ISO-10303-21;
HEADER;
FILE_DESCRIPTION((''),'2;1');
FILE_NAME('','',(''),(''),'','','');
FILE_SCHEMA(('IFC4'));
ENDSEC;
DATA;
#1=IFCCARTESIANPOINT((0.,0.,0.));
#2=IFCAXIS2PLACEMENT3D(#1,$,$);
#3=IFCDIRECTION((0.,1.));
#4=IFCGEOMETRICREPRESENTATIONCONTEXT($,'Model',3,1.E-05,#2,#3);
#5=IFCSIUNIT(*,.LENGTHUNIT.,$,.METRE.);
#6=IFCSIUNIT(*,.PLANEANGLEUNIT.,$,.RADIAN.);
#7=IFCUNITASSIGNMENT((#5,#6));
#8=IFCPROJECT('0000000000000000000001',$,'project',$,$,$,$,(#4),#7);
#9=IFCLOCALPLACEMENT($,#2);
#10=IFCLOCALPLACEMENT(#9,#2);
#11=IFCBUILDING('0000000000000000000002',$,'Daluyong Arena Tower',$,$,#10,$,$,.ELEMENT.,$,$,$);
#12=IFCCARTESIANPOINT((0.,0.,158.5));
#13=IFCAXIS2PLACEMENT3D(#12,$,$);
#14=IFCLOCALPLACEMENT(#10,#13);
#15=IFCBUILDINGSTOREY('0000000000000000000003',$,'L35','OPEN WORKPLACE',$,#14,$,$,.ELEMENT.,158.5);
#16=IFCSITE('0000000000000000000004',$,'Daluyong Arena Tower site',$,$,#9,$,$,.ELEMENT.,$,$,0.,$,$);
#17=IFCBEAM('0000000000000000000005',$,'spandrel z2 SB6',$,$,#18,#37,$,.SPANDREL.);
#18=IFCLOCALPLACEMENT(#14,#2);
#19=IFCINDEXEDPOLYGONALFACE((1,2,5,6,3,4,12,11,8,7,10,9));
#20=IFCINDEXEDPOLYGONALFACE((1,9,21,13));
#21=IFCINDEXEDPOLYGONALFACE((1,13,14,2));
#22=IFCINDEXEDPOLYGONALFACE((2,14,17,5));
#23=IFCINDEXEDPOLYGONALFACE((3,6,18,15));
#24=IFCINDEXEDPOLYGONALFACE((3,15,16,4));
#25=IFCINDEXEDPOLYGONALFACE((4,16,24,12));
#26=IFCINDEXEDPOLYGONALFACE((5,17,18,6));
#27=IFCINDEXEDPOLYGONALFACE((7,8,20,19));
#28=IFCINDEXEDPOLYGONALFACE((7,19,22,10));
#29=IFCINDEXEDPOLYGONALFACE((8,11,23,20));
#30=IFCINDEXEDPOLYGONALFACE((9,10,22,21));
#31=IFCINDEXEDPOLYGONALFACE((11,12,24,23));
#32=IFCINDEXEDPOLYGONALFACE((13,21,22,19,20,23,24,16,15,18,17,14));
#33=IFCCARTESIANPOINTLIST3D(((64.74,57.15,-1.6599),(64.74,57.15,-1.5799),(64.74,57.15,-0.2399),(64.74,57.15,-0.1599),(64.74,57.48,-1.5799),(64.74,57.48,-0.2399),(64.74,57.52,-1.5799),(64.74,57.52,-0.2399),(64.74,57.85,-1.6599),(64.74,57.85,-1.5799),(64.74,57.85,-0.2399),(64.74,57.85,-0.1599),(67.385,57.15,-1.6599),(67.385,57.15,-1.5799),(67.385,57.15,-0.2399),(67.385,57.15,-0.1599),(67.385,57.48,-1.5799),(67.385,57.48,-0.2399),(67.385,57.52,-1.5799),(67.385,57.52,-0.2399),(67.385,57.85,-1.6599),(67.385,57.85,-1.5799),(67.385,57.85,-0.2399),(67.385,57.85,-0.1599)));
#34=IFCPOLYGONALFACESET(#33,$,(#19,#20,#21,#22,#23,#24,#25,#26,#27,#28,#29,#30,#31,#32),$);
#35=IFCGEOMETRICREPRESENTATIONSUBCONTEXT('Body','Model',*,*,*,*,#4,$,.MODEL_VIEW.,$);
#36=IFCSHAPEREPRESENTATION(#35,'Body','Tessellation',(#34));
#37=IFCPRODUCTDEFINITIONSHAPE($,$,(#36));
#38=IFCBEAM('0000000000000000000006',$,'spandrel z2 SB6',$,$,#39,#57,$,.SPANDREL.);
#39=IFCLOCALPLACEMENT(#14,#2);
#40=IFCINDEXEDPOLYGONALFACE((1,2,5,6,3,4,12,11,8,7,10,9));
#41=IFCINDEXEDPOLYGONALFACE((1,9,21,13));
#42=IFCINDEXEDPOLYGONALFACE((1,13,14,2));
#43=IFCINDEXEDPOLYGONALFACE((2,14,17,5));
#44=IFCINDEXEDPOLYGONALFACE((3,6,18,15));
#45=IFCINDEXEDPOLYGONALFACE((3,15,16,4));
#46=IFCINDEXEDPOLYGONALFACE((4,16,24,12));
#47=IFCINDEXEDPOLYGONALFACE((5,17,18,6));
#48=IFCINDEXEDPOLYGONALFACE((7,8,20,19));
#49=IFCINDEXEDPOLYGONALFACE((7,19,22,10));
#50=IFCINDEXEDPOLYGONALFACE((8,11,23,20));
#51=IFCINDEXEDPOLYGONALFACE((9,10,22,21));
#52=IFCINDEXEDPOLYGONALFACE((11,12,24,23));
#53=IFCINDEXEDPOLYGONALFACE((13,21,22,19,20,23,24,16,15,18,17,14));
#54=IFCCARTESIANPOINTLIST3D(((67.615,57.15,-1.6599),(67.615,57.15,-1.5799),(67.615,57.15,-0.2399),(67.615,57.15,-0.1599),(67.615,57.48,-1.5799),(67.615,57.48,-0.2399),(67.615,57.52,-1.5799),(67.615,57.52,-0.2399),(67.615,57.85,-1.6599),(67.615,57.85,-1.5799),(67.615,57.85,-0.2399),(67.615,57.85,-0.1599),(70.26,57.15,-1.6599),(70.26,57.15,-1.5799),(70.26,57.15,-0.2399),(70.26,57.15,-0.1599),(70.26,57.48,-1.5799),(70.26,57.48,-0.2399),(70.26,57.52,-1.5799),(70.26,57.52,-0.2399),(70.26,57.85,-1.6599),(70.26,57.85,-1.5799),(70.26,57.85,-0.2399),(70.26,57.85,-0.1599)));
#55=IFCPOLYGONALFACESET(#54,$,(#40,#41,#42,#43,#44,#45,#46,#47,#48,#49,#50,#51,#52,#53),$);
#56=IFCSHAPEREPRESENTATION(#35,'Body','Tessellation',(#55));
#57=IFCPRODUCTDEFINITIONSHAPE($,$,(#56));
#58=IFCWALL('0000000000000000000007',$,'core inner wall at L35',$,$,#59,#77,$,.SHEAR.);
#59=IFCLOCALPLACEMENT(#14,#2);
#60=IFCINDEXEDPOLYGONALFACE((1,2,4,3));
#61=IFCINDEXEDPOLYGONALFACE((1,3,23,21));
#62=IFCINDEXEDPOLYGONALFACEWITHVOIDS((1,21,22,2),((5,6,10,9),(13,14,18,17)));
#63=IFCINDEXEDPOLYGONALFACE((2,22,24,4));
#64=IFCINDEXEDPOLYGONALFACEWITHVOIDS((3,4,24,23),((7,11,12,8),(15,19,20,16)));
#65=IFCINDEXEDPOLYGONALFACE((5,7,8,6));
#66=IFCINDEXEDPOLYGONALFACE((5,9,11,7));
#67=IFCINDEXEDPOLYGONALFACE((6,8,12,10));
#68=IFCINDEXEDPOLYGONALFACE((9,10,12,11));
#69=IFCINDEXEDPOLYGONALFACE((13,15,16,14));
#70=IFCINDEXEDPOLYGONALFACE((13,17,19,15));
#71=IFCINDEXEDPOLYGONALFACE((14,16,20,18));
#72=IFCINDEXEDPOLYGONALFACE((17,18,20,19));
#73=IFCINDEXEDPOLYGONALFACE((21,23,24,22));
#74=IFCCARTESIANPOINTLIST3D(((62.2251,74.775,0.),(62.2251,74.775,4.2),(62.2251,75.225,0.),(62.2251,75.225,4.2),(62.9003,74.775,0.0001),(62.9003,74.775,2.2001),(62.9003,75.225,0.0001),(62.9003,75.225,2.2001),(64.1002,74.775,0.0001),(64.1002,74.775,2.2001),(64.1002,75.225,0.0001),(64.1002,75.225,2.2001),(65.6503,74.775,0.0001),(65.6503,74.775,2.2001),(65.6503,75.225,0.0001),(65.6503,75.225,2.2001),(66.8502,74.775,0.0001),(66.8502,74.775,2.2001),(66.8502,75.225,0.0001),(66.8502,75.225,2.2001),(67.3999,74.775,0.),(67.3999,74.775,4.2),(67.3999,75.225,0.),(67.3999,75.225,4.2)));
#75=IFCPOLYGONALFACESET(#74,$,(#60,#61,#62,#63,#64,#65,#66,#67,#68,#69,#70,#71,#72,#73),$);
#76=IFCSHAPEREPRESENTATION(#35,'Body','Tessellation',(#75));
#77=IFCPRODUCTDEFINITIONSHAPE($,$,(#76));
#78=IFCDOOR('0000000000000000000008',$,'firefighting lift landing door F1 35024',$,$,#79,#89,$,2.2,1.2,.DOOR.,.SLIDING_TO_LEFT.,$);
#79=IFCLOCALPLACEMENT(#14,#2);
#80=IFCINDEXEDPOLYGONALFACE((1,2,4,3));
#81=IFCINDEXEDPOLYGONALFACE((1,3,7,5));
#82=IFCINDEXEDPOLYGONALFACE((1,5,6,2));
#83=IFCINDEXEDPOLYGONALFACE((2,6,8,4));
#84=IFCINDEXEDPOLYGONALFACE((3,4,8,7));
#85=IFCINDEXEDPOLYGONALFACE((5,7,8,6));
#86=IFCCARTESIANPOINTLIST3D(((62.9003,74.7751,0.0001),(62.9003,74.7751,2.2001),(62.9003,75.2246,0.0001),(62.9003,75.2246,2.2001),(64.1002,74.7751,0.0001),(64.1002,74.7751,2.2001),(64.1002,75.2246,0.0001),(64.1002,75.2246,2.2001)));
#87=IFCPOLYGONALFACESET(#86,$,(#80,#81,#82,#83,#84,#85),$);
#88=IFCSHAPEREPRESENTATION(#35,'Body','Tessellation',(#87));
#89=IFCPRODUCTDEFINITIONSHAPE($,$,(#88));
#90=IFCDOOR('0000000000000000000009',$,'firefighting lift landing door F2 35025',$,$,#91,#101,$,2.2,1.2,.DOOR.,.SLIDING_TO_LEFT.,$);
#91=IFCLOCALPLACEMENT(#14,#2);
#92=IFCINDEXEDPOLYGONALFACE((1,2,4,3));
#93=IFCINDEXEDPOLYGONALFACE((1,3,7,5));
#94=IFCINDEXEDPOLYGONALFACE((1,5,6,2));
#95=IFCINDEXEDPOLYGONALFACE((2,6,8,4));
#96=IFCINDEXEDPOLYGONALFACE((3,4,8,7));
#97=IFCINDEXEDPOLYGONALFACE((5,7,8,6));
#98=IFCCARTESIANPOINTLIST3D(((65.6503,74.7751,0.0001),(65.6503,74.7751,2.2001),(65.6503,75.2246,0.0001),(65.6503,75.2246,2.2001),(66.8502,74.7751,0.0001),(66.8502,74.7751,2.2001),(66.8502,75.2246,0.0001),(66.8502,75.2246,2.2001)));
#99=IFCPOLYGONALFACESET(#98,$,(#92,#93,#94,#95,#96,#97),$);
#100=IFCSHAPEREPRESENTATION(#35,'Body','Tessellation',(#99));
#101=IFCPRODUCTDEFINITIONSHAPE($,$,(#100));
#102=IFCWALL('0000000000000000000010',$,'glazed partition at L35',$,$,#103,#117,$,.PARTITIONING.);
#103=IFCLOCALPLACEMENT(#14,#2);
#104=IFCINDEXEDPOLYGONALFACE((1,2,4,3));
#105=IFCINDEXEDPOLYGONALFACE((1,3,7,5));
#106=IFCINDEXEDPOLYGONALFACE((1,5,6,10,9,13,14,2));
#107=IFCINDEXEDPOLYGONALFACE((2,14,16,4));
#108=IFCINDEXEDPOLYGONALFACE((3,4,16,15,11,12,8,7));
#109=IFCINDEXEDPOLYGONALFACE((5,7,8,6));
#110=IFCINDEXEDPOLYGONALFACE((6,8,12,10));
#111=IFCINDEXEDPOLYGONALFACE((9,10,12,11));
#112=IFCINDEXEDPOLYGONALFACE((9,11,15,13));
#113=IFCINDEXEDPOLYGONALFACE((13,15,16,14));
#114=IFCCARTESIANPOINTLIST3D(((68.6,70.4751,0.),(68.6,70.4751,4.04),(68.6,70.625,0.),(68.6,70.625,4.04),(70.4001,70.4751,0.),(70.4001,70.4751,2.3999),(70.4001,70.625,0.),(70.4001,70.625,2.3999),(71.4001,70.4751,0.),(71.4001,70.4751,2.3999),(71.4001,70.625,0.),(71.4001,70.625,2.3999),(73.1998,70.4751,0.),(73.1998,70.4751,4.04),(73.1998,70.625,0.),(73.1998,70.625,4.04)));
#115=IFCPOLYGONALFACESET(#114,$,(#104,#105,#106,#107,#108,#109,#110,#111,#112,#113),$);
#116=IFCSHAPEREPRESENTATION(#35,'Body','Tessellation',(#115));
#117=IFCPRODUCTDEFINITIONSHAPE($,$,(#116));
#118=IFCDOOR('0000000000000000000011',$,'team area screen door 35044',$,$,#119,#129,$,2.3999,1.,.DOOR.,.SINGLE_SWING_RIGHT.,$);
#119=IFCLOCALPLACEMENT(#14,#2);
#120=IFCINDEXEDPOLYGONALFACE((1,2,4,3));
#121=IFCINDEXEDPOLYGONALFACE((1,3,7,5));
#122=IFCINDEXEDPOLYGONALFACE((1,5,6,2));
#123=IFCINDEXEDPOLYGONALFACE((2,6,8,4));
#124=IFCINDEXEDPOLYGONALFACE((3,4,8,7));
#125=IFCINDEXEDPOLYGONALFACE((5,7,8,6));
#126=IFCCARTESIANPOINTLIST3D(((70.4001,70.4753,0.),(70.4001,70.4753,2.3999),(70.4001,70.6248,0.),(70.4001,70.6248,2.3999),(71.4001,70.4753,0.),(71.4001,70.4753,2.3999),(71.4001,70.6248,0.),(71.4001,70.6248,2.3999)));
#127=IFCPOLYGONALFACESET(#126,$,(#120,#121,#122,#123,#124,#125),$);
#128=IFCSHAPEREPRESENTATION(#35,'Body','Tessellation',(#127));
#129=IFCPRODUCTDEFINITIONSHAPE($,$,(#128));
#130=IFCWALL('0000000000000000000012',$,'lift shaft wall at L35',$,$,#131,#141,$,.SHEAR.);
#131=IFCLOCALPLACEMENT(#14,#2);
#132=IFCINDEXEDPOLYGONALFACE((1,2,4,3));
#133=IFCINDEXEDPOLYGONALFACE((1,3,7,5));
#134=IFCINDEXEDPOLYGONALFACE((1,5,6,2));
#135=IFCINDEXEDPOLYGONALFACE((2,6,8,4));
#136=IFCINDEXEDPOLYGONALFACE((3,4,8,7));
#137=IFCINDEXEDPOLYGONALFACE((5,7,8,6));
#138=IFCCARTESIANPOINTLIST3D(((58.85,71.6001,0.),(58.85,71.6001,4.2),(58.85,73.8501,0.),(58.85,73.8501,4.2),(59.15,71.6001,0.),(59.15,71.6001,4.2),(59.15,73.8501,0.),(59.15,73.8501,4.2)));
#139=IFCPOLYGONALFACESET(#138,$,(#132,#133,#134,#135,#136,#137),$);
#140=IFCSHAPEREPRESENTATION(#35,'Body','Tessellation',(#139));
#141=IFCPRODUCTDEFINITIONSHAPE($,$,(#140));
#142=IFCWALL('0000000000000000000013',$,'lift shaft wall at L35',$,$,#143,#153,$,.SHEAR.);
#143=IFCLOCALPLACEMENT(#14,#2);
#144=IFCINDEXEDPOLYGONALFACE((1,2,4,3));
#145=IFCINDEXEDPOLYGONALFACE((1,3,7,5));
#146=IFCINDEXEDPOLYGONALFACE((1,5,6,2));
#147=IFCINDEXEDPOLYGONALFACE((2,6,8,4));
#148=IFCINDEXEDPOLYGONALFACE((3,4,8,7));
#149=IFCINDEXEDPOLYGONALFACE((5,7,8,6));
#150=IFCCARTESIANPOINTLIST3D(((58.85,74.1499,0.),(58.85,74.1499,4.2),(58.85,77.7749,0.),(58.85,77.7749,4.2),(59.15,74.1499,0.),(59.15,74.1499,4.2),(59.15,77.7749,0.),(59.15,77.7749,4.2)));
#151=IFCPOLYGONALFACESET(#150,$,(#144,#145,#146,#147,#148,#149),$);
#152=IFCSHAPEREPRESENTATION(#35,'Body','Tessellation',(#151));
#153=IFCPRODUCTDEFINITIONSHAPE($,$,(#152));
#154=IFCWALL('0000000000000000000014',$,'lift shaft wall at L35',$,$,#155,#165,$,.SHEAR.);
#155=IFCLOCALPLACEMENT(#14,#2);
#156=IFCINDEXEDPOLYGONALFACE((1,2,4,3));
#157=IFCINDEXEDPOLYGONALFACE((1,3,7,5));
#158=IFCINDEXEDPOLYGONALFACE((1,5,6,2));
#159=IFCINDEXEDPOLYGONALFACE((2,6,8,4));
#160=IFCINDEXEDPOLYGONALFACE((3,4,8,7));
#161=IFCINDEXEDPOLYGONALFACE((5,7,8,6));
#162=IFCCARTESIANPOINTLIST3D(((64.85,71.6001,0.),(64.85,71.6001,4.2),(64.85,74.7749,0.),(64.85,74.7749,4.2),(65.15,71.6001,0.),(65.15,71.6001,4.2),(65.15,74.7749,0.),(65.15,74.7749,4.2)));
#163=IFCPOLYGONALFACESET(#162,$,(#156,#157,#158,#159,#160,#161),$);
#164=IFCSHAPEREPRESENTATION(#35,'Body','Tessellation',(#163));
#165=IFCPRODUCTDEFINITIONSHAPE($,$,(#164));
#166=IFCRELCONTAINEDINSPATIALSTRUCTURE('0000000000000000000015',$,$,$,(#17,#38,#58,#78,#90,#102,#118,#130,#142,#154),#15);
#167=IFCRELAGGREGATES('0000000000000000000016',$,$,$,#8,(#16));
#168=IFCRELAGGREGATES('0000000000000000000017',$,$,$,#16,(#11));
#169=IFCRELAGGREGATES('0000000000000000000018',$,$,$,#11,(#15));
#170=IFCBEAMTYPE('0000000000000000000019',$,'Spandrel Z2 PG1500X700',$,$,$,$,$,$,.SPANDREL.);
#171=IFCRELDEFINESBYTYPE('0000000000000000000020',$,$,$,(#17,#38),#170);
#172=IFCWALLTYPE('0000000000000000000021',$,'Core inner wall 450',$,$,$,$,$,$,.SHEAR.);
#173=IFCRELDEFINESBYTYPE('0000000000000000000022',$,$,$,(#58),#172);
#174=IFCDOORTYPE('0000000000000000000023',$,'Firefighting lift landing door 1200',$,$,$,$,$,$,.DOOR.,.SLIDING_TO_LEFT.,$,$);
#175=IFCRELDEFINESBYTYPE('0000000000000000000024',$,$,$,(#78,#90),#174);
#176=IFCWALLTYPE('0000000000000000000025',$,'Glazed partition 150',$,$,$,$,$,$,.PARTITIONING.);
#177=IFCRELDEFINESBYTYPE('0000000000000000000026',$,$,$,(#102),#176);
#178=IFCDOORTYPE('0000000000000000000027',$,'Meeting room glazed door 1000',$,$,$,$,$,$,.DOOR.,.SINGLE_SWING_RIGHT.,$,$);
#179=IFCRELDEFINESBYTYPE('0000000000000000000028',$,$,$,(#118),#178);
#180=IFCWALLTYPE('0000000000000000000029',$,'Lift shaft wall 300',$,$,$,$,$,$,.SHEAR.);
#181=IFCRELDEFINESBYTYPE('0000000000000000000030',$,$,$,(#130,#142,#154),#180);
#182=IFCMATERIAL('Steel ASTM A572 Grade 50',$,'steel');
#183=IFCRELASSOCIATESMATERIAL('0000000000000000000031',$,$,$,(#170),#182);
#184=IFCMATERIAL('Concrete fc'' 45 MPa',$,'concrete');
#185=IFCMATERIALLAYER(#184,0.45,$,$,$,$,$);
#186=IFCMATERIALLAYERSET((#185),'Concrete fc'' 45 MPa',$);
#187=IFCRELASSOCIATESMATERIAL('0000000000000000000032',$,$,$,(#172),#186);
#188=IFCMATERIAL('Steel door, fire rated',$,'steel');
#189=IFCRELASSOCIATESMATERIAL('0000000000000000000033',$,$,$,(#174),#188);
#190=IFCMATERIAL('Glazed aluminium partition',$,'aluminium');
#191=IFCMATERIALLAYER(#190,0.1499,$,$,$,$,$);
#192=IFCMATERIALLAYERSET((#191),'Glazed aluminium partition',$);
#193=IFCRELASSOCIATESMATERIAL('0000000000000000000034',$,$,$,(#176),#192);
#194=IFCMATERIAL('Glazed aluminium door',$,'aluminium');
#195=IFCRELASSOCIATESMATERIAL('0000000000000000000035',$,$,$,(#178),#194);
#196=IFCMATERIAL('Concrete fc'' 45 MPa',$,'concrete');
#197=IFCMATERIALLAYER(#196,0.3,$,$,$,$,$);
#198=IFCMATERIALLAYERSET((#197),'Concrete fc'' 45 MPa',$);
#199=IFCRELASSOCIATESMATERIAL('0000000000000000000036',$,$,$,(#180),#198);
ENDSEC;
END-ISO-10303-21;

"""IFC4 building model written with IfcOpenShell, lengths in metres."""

from ifc_helpers import new_model, si_unit, direction, frame, frame_2d, origin, origin_2d, place, context, subcontext, project, spatial, rectangle, i_section, extrude, material, layer, layer_set, material_profile, profile_set, type_object, element, fill, save


model = new_model("IFC4")

# Units and contexts
model_context = context("Model", 3, precision=1e-05, world=origin(), true_north=direction((0.0, 1.0)))
body_context = subcontext(model_context, "Body", "Model", "MODEL_VIEW")
ifc_project = project(units=[si_unit("LENGTHUNIT", "METRE"), si_unit("PLANEANGLEUNIT", "RADIAN")], contexts=[model_context])

# Site, building, storey
site_placement = place(None, origin())
site = spatial("IfcSite", under=ifc_project, at=site_placement, Name="Daluyong Arena Tower site", CompositionType="ELEMENT", RefElevation=0.0)
building_placement = place(site_placement, origin())
building = spatial("IfcBuilding", under=site, at=building_placement, Name="Daluyong Arena Tower", CompositionType="ELEMENT")
storey_placement = place(building_placement, frame((0.0, 0.0, 158.5)))
storey = spatial("IfcBuildingStorey", under=building, at=storey_placement, Name="L35", Description="OPEN WORKPLACE", CompositionType="ELEMENT", Elevation=158.5)

# Beams
ifc_material_1 = material(Name="Steel ASTM A572 Grade 50", Category="steel")
ifc_material_profile_1 = material_profile(ifc_material_1, i_section(OverallWidth=0.7, OverallDepth=1.5, WebThickness=0.04, FlangeThickness=0.08, at=origin_2d()))
ifc_profile_set_1 = profile_set([ifc_material_profile_1], Name="Steel ASTM A572 Grade 50")
beam_type_1 = type_object("IfcBeamType", Name="Spandrel Z2 PG1500X700", PredefinedType="SPANDREL", material=ifc_profile_set_1)
for number, where, z_axis, x_axis, name in (
    (1, (64.74, 57.5, -0.9099), (1.0, 0.0, 0.0), (0.0, 1.0, 0.0), "spandrel z2 SB6"),
    (2, (67.615, 57.5, -0.9099), (1.0, 0.0, 0.0), (0.0, 1.0, 0.0), "spandrel z2 SB6"),
):
    element("IfcBeam", number, at=place(storey_placement, frame(where, z_axis=z_axis, x_axis=x_axis)), inside=storey, type_object=beam_type_1, Name=name, PredefinedType="SPANDREL", context=body_context, shape_type="SweptSolid", body=[
        extrude(i_section(OverallWidth=0.7, OverallDepth=1.5, WebThickness=0.04, FlangeThickness=0.08, at=origin_2d()), origin(), (0.0, 0.0, 1.0), 2.645),
    ])

# Shared definitions
ifc_material_2 = material(Name="Concrete fc' 45 MPa", Category="concrete")
ifc_layer_1 = layer(ifc_material_2, 0.45)
ifc_layer_set_1 = layer_set([ifc_layer_1], Name="Concrete fc' 45 MPa")
wall_type_1 = type_object("IfcWallType", Name="Core inner wall 450", PredefinedType="SHEAR", material=ifc_layer_set_1)

# Wall, openings, doors
wall_1_placement = place(storey_placement, frame((62.2251, 75.0, 0.0), z_axis=(0.0, 0.0, 1.0), x_axis=(1.0, 0.0, 0.0)))
wall_1 = element("IfcWall", 3, at=wall_1_placement, inside=storey, type_object=wall_type_1, Name="core inner wall at L35", PredefinedType="SHEAR", context=body_context, shape_type="SweptSolid", body=[
    extrude(rectangle(XDim=5.1748, YDim=0.45, at=frame_2d((2.5874, 0.0))), origin(), (0.0, 0.0, 1.0), 4.2),
])
opening_1_placement = place(wall_1_placement, frame((0.675, 0.0, 0.0)))
opening_1 = element("IfcOpeningElement", 4, at=opening_1_placement, cuts=wall_1, PredefinedType="OPENING", context=body_context, shape_type="SweptSolid", body=[
    extrude(rectangle(XDim=1.2, YDim=2.2, at=frame_2d((0.6001, 1.1001))), frame((0.0, 0.2349, 0.0), z_axis=(0.0, -1.0, 0.0), x_axis=(1.0, 0.0, 0.0)), (0.0, 0.0, 1.0), 0.47),
])
opening_2_placement = place(wall_1_placement, frame((3.425, 0.0, 0.0)))
opening_2 = element("IfcOpeningElement", 5, at=opening_2_placement, cuts=wall_1, PredefinedType="OPENING", context=body_context, shape_type="SweptSolid", body=[
    extrude(rectangle(XDim=1.2, YDim=2.2, at=frame_2d((0.6001, 1.1001))), frame((0.0, 0.2349, 0.0), z_axis=(0.0, -1.0, 0.0), x_axis=(1.0, 0.0, 0.0)), (0.0, 0.0, 1.0), 0.47),
])
ifc_material_3 = material(Name="Steel door, fire rated", Category="steel")
door_type_1 = type_object("IfcDoorType", Name="Firefighting lift landing door 1200", OperationType="SLIDING_TO_LEFT", PredefinedType="DOOR", material=ifc_material_3)
door_1_placement = place(opening_1_placement, origin())
door_1 = element("IfcDoor", 6, at=door_1_placement, inside=storey, type_object=door_type_1, Name="firefighting lift landing door F1 35024", OperationType="SLIDING_TO_LEFT", OverallHeight=2.2, OverallWidth=1.2, PredefinedType="DOOR", context=body_context, shape_type="SweptSolid", body=[
    extrude(rectangle(XDim=1.2, YDim=2.2, at=frame_2d((0.6001, 1.1001))), frame((0.0, 0.2246, 0.0), z_axis=(0.0, -1.0, 0.0), x_axis=(1.0, 0.0, 0.0)), (0.0, 0.0, 1.0), 0.4495),
])
fill(opening_1, door_1)
door_2_placement = place(opening_2_placement, origin())
door_2 = element("IfcDoor", 7, at=door_2_placement, inside=storey, type_object=door_type_1, Name="firefighting lift landing door F2 35025", OperationType="SLIDING_TO_LEFT", OverallHeight=2.2, OverallWidth=1.2, PredefinedType="DOOR", context=body_context, shape_type="SweptSolid", body=[
    extrude(rectangle(XDim=1.2, YDim=2.2, at=frame_2d((0.6001, 1.1001))), frame((0.0, 0.2246, 0.0), z_axis=(0.0, -1.0, 0.0), x_axis=(1.0, 0.0, 0.0)), (0.0, 0.0, 1.0), 0.4495),
])
fill(opening_2, door_2)

# Wall, opening, door
ifc_material_4 = material(Name="Glazed aluminium partition", Category="aluminium")
ifc_layer_2 = layer(ifc_material_4, 0.1499)
ifc_layer_set_2 = layer_set([ifc_layer_2], Name="Glazed aluminium partition")
wall_type_2 = type_object("IfcWallType", Name="Glazed partition 150", PredefinedType="PARTITIONING", material=ifc_layer_set_2)
wall_2_placement = place(storey_placement, frame((68.6001, 70.55, 0.0), z_axis=(0.0, 0.0, 1.0), x_axis=(1.0, 0.0, 0.0)))
wall_2 = element("IfcWall", 8, at=wall_2_placement, inside=storey, type_object=wall_type_2, Name="glazed partition at L35", PredefinedType="PARTITIONING", context=body_context, shape_type="SweptSolid", body=[
    extrude(rectangle(XDim=4.5999, YDim=0.1499, at=frame_2d((2.2998, 0.0))), origin(), (0.0, 0.0, 1.0), 4.04),
])
opening_3_placement = place(wall_2_placement, frame((1.8, 0.0, 0.0)))
opening_3 = element("IfcOpeningElement", 9, at=opening_3_placement, cuts=wall_2, PredefinedType="OPENING", context=body_context, shape_type="SweptSolid", body=[
    extrude(rectangle(XDim=1.0, YDim=2.3999, at=frame_2d((0.5, 1.2))), frame((0.0, 0.085, 0.0), z_axis=(0.0, -1.0, 0.0), x_axis=(1.0, 0.0, 0.0)), (0.0, 0.0, 1.0), 0.1699),
])
ifc_material_5 = material(Name="Glazed aluminium door", Category="aluminium")
door_type_2 = type_object("IfcDoorType", Name="Meeting room glazed door 1000", OperationType="SINGLE_SWING_RIGHT", PredefinedType="DOOR", material=ifc_material_5)
door_3_placement = place(opening_3_placement, origin())
door_3 = element("IfcDoor", 10, at=door_3_placement, inside=storey, type_object=door_type_2, Name="team area screen door 35044", OperationType="SINGLE_SWING_RIGHT", OverallHeight=2.3999, OverallWidth=1.0, PredefinedType="DOOR", context=body_context, shape_type="SweptSolid", body=[
    extrude(rectangle(XDim=1.0, YDim=2.3999, at=frame_2d((0.5, 1.2))), frame((0.0, 0.0747, 0.0), z_axis=(0.0, -1.0, 0.0), x_axis=(1.0, 0.0, 0.0)), (0.0, 0.0, 1.0), 0.1494),
])
fill(opening_3, door_3)

# Walls
ifc_material_6 = material(Name="Concrete fc' 45 MPa", Category="concrete")
ifc_layer_3 = layer(ifc_material_6, 0.3)
ifc_layer_set_3 = layer_set([ifc_layer_3], Name="Concrete fc' 45 MPa")
wall_type_3 = type_object("IfcWallType", Name="Lift shaft wall 300", PredefinedType="SHEAR", material=ifc_layer_set_3)
wall_3_placement = place(storey_placement, frame((59.0, 71.6001, 0.0), z_axis=(0.0, 0.0, 1.0), x_axis=(0.0, 1.0, 0.0)))
element("IfcWall", 11, at=wall_3_placement, inside=storey, type_object=wall_type_3, Name="lift shaft wall at L35", PredefinedType="SHEAR", context=body_context, shape_type="SweptSolid", body=[
    extrude(rectangle(XDim=2.25, YDim=0.3, at=frame_2d((1.125, 0.0))), origin(), (0.0, 0.0, 1.0), 4.2),
])
wall_4_placement = place(storey_placement, frame((59.0, 74.1499, 0.0), z_axis=(0.0, 0.0, 1.0), x_axis=(0.0, 1.0, 0.0)))
element("IfcWall", 12, at=wall_4_placement, inside=storey, type_object=wall_type_3, Name="lift shaft wall at L35", PredefinedType="SHEAR", context=body_context, shape_type="SweptSolid", body=[
    extrude(rectangle(XDim=3.625, YDim=0.3, at=frame_2d((1.8125, 0.0))), origin(), (0.0, 0.0, 1.0), 4.2),
])
wall_5_placement = place(storey_placement, frame((65.0, 71.6001, 0.0), z_axis=(0.0, 0.0, 1.0), x_axis=(0.0, 1.0, 0.0)))
element("IfcWall", 13, at=wall_5_placement, inside=storey, type_object=wall_type_3, Name="lift shaft wall at L35", PredefinedType="SHEAR", context=body_context, shape_type="SweptSolid", body=[
    extrude(rectangle(XDim=3.1748, YDim=0.3, at=frame_2d((1.5874, 0.0))), origin(), (0.0, 0.0, 1.0), 4.2),
])

save(model, "model.ifc")
